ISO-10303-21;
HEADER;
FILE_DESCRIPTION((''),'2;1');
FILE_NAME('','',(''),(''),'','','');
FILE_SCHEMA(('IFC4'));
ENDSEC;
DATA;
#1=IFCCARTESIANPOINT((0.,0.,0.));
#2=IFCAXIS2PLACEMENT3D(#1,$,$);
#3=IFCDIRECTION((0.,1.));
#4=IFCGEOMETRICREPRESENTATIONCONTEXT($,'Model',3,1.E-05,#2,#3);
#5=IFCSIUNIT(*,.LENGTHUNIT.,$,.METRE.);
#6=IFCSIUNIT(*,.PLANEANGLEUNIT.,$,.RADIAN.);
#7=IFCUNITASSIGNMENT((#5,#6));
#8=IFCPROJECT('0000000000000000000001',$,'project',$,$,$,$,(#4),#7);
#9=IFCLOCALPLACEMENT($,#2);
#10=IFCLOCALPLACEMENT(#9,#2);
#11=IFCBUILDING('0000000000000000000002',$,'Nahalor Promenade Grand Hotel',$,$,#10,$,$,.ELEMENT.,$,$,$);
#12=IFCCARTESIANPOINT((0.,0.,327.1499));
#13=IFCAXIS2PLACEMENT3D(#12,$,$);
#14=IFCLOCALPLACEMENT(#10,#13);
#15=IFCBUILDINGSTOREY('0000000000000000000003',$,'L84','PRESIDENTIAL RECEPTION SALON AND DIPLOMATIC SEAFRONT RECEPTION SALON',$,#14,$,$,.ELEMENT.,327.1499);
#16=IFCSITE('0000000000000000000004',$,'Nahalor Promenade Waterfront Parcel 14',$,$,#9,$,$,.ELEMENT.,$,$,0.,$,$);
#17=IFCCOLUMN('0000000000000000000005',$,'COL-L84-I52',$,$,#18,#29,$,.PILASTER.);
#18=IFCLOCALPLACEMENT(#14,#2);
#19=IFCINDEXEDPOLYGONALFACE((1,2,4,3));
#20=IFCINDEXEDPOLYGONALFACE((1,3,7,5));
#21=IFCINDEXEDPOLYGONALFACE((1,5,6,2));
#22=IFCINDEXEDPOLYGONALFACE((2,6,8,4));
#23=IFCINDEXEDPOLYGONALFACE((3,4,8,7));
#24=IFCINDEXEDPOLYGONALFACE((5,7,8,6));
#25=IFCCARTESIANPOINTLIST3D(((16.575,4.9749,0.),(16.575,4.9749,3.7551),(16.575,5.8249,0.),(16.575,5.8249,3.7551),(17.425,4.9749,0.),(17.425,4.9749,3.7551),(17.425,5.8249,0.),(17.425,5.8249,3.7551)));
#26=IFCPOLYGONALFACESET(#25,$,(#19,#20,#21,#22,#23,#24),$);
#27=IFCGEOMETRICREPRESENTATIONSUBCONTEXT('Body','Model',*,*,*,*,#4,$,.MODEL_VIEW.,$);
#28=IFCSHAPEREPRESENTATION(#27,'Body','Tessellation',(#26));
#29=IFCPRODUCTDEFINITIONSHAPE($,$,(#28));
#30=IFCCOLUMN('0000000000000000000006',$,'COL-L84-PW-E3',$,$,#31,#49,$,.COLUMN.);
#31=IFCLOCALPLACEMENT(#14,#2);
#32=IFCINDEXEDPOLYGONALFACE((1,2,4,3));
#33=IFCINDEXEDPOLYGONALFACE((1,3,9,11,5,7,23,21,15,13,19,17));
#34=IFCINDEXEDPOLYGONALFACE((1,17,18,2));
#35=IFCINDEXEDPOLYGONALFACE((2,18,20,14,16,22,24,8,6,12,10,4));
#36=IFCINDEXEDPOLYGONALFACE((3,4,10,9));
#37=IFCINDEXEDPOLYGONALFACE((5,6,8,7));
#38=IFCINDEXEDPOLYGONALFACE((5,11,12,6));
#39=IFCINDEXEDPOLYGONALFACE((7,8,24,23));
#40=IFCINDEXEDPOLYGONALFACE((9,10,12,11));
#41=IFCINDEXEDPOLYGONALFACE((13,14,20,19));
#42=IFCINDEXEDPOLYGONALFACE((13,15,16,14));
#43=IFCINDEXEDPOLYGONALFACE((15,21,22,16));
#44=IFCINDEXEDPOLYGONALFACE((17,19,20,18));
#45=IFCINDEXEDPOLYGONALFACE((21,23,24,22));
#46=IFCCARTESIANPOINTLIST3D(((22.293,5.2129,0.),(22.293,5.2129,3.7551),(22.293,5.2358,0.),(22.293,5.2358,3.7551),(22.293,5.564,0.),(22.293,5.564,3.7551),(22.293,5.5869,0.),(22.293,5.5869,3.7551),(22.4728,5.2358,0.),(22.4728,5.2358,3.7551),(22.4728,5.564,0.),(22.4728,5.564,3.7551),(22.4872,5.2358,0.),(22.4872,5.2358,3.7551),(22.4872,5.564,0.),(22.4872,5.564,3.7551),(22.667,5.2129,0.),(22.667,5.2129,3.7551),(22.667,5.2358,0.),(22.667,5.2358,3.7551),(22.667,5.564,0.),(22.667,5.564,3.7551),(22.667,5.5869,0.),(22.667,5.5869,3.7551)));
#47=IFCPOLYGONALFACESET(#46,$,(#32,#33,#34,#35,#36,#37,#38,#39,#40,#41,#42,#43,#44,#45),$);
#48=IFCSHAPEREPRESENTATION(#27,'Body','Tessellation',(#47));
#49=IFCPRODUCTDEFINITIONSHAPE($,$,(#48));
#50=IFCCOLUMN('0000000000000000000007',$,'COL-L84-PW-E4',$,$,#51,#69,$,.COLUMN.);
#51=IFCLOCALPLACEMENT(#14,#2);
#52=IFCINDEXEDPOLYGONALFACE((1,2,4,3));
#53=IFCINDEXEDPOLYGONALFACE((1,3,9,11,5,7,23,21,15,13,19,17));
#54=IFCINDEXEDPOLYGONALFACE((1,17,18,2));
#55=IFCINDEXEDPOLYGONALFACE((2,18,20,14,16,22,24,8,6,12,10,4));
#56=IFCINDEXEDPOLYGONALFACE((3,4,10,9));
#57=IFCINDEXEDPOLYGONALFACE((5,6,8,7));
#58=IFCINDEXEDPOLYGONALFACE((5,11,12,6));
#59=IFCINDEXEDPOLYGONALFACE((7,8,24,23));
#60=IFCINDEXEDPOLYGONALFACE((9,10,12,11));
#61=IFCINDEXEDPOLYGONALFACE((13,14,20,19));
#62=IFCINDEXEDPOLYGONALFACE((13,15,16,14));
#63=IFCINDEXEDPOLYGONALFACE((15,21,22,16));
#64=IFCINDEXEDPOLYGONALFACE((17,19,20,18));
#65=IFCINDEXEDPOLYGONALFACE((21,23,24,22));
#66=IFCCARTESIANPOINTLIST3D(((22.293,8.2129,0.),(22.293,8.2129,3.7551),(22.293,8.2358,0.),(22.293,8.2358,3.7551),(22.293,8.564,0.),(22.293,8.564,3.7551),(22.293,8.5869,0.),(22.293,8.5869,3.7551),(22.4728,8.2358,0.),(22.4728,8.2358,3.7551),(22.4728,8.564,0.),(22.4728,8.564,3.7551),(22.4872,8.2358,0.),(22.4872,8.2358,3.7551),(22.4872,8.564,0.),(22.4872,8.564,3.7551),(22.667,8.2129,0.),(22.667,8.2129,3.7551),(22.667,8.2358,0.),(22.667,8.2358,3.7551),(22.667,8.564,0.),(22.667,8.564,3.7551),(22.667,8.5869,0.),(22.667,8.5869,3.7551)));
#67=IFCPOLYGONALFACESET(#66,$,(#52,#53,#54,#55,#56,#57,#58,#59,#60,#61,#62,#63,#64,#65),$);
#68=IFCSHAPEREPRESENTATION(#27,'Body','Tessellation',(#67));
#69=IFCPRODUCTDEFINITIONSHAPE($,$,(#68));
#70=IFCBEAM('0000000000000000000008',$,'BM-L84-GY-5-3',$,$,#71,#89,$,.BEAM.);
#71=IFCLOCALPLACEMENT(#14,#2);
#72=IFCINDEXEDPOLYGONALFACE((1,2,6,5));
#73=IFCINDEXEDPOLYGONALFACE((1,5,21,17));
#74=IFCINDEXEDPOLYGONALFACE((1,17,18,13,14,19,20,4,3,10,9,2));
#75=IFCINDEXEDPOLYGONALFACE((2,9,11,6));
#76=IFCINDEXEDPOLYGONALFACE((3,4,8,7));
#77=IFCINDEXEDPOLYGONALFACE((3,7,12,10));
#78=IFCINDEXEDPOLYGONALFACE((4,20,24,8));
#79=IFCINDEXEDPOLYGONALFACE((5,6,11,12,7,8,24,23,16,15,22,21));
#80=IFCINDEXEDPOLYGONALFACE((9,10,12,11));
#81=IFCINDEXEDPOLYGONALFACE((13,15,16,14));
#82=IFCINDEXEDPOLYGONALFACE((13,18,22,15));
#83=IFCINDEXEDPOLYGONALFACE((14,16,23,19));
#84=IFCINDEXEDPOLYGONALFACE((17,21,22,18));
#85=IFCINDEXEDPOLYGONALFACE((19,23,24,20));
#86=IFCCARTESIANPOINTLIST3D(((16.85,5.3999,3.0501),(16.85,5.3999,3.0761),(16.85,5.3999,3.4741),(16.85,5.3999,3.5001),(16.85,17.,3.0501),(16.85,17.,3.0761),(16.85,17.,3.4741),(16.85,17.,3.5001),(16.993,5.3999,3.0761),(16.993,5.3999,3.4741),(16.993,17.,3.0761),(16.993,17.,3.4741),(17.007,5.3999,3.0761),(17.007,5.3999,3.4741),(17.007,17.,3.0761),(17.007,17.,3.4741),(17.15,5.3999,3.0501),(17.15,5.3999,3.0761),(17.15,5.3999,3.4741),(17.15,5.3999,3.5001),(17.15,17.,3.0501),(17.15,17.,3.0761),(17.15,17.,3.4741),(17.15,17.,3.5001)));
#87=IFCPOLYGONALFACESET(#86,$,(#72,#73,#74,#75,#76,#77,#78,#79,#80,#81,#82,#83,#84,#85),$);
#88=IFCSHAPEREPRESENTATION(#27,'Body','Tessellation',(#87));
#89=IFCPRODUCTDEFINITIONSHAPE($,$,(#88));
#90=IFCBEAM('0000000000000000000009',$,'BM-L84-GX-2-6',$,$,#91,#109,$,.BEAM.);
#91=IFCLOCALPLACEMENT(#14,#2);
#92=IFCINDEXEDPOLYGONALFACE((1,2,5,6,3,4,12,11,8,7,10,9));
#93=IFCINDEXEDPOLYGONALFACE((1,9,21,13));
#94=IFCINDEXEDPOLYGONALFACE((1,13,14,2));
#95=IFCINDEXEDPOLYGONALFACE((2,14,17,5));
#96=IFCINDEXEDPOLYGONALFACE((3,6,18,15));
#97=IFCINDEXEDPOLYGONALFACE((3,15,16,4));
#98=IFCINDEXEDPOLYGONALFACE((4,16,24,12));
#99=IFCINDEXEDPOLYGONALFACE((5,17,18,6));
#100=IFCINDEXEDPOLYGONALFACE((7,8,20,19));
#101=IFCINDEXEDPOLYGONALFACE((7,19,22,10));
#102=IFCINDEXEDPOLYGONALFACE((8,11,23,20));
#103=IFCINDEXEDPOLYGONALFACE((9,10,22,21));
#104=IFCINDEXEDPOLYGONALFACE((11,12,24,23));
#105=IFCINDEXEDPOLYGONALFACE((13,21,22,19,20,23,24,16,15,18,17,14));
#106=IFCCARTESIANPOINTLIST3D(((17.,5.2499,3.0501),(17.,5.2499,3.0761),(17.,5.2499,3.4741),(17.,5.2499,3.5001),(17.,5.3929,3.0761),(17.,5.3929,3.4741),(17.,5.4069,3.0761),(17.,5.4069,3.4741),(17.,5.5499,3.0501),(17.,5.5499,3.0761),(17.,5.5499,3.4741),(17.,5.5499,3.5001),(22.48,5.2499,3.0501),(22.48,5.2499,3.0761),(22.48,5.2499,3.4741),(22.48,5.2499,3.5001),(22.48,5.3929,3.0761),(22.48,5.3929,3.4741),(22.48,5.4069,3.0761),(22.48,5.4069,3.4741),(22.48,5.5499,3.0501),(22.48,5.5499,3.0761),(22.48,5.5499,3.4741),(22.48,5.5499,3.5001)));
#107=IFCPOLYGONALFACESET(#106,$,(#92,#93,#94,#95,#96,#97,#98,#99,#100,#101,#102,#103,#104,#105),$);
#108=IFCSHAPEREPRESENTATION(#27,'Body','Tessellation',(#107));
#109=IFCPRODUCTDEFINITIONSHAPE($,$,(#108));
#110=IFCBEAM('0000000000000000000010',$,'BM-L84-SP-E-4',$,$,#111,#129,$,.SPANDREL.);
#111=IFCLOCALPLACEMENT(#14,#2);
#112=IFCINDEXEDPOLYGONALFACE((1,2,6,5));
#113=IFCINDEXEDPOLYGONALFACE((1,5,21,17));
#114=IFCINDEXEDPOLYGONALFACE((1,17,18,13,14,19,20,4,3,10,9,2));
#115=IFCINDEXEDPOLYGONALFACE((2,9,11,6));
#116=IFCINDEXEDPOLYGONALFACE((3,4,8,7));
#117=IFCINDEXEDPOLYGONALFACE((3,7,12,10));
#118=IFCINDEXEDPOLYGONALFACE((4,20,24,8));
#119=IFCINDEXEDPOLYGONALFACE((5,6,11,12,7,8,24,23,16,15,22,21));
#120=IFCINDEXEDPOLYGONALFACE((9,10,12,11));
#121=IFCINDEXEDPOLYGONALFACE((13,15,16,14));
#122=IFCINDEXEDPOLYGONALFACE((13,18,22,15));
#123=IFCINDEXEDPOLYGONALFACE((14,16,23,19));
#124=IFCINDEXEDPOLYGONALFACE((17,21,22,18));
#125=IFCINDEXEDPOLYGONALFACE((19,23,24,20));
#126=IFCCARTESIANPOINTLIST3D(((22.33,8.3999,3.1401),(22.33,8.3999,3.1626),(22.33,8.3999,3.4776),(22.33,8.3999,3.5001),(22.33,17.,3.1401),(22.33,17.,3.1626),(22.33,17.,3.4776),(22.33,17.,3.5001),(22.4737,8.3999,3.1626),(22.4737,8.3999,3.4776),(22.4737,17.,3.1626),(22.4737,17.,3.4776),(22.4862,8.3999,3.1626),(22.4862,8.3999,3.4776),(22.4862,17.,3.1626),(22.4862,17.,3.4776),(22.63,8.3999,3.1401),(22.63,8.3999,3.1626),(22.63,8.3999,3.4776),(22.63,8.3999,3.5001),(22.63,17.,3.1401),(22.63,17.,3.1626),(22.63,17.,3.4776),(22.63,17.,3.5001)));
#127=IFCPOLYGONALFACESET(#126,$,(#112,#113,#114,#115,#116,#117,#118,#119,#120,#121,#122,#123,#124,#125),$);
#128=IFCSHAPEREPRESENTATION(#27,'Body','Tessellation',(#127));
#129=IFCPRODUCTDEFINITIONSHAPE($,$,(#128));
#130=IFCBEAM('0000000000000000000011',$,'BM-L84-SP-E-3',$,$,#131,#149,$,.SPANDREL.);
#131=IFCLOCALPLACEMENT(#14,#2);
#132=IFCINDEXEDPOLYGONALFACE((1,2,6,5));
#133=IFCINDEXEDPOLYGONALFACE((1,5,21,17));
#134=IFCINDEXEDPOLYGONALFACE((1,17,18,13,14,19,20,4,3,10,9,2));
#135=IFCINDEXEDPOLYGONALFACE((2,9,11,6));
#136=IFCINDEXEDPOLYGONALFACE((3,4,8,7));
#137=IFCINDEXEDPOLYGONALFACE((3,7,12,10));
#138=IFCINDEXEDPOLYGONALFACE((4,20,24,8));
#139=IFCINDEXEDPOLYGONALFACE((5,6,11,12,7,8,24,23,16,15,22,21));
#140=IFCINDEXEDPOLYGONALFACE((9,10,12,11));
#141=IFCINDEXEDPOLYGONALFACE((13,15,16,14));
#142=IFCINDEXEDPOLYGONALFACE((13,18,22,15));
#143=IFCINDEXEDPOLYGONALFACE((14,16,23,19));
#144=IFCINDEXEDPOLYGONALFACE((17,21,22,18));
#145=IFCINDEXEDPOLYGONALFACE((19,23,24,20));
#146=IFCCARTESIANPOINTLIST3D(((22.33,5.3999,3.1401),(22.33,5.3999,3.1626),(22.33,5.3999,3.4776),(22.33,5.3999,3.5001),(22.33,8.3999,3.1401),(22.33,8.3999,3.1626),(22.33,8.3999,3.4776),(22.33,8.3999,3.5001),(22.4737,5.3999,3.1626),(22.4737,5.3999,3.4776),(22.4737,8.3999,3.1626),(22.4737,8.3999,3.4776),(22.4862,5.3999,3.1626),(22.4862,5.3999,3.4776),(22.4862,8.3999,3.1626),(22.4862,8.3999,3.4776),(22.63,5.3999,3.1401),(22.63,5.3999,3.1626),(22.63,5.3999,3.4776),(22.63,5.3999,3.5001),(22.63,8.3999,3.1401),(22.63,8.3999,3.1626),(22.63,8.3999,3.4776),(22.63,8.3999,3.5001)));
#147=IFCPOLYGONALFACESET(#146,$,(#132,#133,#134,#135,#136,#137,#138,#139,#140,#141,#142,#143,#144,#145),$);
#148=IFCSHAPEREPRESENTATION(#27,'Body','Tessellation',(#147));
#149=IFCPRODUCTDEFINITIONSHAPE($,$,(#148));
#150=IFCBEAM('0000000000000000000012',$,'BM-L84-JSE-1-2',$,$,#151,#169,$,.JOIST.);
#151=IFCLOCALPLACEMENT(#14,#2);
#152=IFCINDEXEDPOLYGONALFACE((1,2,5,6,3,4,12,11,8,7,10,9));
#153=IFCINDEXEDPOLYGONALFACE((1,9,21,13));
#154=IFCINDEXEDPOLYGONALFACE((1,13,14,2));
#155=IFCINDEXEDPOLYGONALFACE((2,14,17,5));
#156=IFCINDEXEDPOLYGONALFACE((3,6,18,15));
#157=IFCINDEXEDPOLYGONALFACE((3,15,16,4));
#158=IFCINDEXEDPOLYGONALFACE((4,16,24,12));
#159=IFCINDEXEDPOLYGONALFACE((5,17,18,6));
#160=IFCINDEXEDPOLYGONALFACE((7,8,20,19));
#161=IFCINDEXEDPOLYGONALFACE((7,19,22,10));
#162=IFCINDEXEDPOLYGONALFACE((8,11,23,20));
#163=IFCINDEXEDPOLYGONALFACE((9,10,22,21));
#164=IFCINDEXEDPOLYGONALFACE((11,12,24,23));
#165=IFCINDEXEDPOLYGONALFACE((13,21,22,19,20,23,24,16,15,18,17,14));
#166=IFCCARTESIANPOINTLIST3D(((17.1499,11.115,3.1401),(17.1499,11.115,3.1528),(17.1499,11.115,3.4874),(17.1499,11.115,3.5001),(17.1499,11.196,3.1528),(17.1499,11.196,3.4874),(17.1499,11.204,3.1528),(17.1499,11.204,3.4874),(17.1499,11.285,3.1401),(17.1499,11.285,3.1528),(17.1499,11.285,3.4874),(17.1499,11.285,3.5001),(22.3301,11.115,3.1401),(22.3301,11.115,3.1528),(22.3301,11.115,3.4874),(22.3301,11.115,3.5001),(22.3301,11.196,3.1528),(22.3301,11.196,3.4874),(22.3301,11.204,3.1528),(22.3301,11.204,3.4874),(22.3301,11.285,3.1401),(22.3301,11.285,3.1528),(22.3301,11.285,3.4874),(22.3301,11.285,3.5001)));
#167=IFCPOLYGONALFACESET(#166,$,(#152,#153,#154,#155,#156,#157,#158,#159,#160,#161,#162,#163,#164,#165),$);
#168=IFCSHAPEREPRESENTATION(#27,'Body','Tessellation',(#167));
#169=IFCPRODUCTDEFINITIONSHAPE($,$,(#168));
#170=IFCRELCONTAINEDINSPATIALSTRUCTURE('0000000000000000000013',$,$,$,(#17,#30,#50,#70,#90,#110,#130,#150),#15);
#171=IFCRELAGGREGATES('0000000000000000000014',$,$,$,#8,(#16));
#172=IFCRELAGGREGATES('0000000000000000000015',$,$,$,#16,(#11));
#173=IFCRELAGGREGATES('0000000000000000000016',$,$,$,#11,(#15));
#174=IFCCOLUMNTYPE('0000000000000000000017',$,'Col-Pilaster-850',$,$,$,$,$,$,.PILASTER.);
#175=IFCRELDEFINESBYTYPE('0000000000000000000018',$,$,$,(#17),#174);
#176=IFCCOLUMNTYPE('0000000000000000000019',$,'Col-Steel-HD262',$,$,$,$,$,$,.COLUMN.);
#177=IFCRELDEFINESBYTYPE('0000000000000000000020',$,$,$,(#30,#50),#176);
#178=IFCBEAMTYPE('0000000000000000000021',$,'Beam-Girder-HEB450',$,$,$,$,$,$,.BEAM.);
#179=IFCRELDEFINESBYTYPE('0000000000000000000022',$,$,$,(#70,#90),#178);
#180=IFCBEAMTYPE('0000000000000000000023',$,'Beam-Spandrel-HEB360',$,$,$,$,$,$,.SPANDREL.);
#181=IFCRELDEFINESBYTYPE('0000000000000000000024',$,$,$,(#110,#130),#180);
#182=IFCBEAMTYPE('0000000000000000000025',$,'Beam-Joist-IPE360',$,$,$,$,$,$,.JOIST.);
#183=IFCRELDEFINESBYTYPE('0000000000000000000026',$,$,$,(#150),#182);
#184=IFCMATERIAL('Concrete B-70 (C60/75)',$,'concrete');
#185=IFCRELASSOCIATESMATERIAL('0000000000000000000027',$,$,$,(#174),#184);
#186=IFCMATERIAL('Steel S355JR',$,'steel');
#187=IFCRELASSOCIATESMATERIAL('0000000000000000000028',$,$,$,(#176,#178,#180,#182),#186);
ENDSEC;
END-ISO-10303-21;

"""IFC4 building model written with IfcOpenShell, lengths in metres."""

from ifc_helpers import new_model, si_unit, direction, frame, origin, origin_2d, place, context, subcontext, project, spatial, rectangle, i_section, extrude, source, transform, mapped, material, material_profile, profile_set, type_object, element, save


model = new_model("IFC4")

# Units and contexts
model_context = context("Model", 3, precision=1e-05, world=origin(), true_north=direction((0.0, 1.0)))
body_context = subcontext(model_context, "Body", "Model", "MODEL_VIEW")
ifc_project = project(units=[si_unit("LENGTHUNIT", "METRE"), si_unit("PLANEANGLEUNIT", "RADIAN")], contexts=[model_context])

# Site, building, storey
site_placement = place(None, origin())
site = spatial("IfcSite", under=ifc_project, at=site_placement, Name="Nahalor Promenade Waterfront Parcel 14", CompositionType="ELEMENT", RefElevation=0.0)
building_placement = place(site_placement, origin())
building = spatial("IfcBuilding", under=site, at=building_placement, Name="Nahalor Promenade Grand Hotel", CompositionType="ELEMENT")
storey_placement = place(building_placement, frame((0.0, 0.0, 327.1499)))
storey = spatial("IfcBuildingStorey", under=building, at=storey_placement, Name="L84", Description="PRESIDENTIAL RECEPTION SALON AND DIPLOMATIC SEAFRONT RECEPTION SALON", CompositionType="ELEMENT", Elevation=327.1499)

# Columns
ifc_material_1 = material(Name="Concrete B-70 (C60/75)", Category="concrete")
ifc_material_profile_1 = material_profile(ifc_material_1, rectangle(XDim=0.85, YDim=0.85, at=origin_2d()), Name="RC 850x850")
ifc_profile_set_1 = profile_set([ifc_material_profile_1], Name="Concrete B-70 (C60/75)")
column_type_1 = type_object("IfcColumnType", Name="Col-Pilaster-850", PredefinedType="PILASTER", material=ifc_profile_set_1)
shared_shape_1 = source(origin(), body_context, "Body", "SweptSolid", [
    extrude(rectangle(XDim=0.85, YDim=0.85, at=origin_2d()), origin(), (0.0, 0.0, 1.0), 3.7551),
])
column_placement = place(storey_placement, frame((17.0, 5.3999, 0.0), z_axis=(0.0, 0.0, 1.0), x_axis=(1.0, 0.0, 0.0)))
element("IfcColumn", 1, at=column_placement, inside=storey, type_object=column_type_1, Name="COL-L84-I52", PredefinedType="PILASTER", context=body_context, shape_type="MappedRepresentation", body=[
    mapped(shared_shape_1, transform((0.0, 0.0, 0.0), scale=1.0)),
])
ifc_material_2 = material(Name="Steel S355JR", Category="steel")
ifc_material_profile_2 = material_profile(ifc_material_2, i_section(OverallWidth=0.374, OverallDepth=0.374, WebThickness=0.0144, FlangeThickness=0.0229, at=origin_2d()), Name="HD 360x262")
ifc_profile_set_2 = profile_set([ifc_material_profile_2], Name="Steel S355JR")
column_type_2 = type_object("IfcColumnType", Name="Col-Steel-HD262", PredefinedType="COLUMN", material=ifc_profile_set_2)
shared_shape_2 = source(origin(), body_context, "Body", "SweptSolid", [
    extrude(i_section(OverallWidth=0.374, OverallDepth=0.374, WebThickness=0.0144, FlangeThickness=0.0229, at=origin_2d()), origin(), (0.0, 0.0, 1.0), 3.7551),
])
for number, where, z_axis, x_axis, name in (
    (2, (22.48, 5.3999, 0.0), (0.0, 0.0, 1.0), (1.0, 0.0, 0.0), "COL-L84-PW-E3"),
    (3, (22.48, 8.3999, 0.0), (0.0, 0.0, 1.0), (1.0, 0.0, 0.0), "COL-L84-PW-E4"),
):
    element("IfcColumn", number, at=place(storey_placement, frame(where, z_axis=z_axis, x_axis=x_axis)), inside=storey, type_object=column_type_2, Name=name, PredefinedType="COLUMN", context=body_context, shape_type="MappedRepresentation", body=[
        mapped(shared_shape_2, transform((0.0, 0.0, 0.0), scale=1.0)),
    ])

# Beams
ifc_material_profile_3 = material_profile(ifc_material_2, i_section(OverallWidth=0.3, OverallDepth=0.45, WebThickness=0.014, FlangeThickness=0.026, at=origin_2d()), Name="HEB 450")
ifc_profile_set_3 = profile_set([ifc_material_profile_3], Name="Steel S355JR")
beam_type_1 = type_object("IfcBeamType", Name="Beam-Girder-HEB450", PredefinedType="BEAM", material=ifc_profile_set_3)
shared_shape_3 = source(origin(), body_context, "Body", "SweptSolid", [
    extrude(i_section(OverallWidth=0.3, OverallDepth=0.45, WebThickness=0.014, FlangeThickness=0.026, at=origin_2d()), origin(), (0.0, 0.0, 1.0), 11.6001),
])
beam_1_placement = place(storey_placement, frame((17.0, 5.3999, 3.2751), z_axis=(0.0, 1.0, 0.0), x_axis=(-1.0, 0.0, 0.0)))
element("IfcBeam", 4, at=beam_1_placement, inside=storey, type_object=beam_type_1, Name="BM-L84-GY-5-3", PredefinedType="BEAM", context=body_context, shape_type="MappedRepresentation", body=[
    mapped(shared_shape_3, transform((0.0, 0.0, 0.0), scale=1.0)),
])
shared_shape_4 = source(origin(), body_context, "Body", "SweptSolid", [
    extrude(i_section(OverallWidth=0.3, OverallDepth=0.45, WebThickness=0.014, FlangeThickness=0.026, at=origin_2d()), origin(), (0.0, 0.0, 1.0), 5.48),
])
beam_2_placement = place(storey_placement, frame((17.0, 5.3999, 3.2751), z_axis=(1.0, 0.0, 0.0), x_axis=(0.0, 1.0, 0.0)))
element("IfcBeam", 5, at=beam_2_placement, inside=storey, type_object=beam_type_1, Name="BM-L84-GX-2-6", PredefinedType="BEAM", context=body_context, shape_type="MappedRepresentation", body=[
    mapped(shared_shape_4, transform((0.0, 0.0, 0.0), scale=1.0)),
])
ifc_material_profile_4 = material_profile(ifc_material_2, i_section(OverallWidth=0.3, OverallDepth=0.36, WebThickness=0.0125, FlangeThickness=0.0225, at=origin_2d()), Name="HEB 360")
ifc_profile_set_4 = profile_set([ifc_material_profile_4], Name="Steel S355JR")
beam_type_2 = type_object("IfcBeamType", Name="Beam-Spandrel-HEB360", PredefinedType="SPANDREL", material=ifc_profile_set_4)
shared_shape_5 = source(origin(), body_context, "Body", "SweptSolid", [
    extrude(i_section(OverallWidth=0.3, OverallDepth=0.36, WebThickness=0.0125, FlangeThickness=0.0225, at=origin_2d()), origin(), (0.0, 0.0, 1.0), 8.6001),
])
beam_3_placement = place(storey_placement, frame((22.48, 8.3999, 3.3201), z_axis=(0.0, 1.0, 0.0), x_axis=(-1.0, 0.0, 0.0)))
element("IfcBeam", 6, at=beam_3_placement, inside=storey, type_object=beam_type_2, Name="BM-L84-SP-E-4", PredefinedType="SPANDREL", context=body_context, shape_type="MappedRepresentation", body=[
    mapped(shared_shape_5, transform((0.0, 0.0, 0.0), scale=1.0)),
])
shared_shape_6 = source(origin(), body_context, "Body", "SweptSolid", [
    extrude(i_section(OverallWidth=0.3, OverallDepth=0.36, WebThickness=0.0125, FlangeThickness=0.0225, at=origin_2d()), origin(), (0.0, 0.0, 1.0), 3.0),
])
beam_4_placement = place(storey_placement, frame((22.48, 5.3999, 3.3201), z_axis=(0.0, 1.0, 0.0), x_axis=(-1.0, 0.0, 0.0)))
element("IfcBeam", 7, at=beam_4_placement, inside=storey, type_object=beam_type_2, Name="BM-L84-SP-E-3", PredefinedType="SPANDREL", context=body_context, shape_type="MappedRepresentation", body=[
    mapped(shared_shape_6, transform((0.0, 0.0, 0.0), scale=1.0)),
])
ifc_material_profile_5 = material_profile(ifc_material_2, i_section(OverallWidth=0.17, OverallDepth=0.36, WebThickness=0.008, FlangeThickness=0.0127, at=origin_2d()), Name="IPE 360")
ifc_profile_set_5 = profile_set([ifc_material_profile_5], Name="Steel S355JR")
beam_type_3 = type_object("IfcBeamType", Name="Beam-Joist-IPE360", PredefinedType="JOIST", material=ifc_profile_set_5)
shared_shape_7 = source(origin(), body_context, "Body", "SweptSolid", [
    extrude(i_section(OverallWidth=0.17, OverallDepth=0.36, WebThickness=0.008, FlangeThickness=0.0127, at=origin_2d()), origin(), (0.0, 0.0, 1.0), 5.1802),
])
beam_5_placement = place(storey_placement, frame((17.1499, 11.2, 3.3201), z_axis=(1.0, 0.0, 0.0), x_axis=(0.0, 1.0, 0.0)))
element("IfcBeam", 8, at=beam_5_placement, inside=storey, type_object=beam_type_3, Name="BM-L84-JSE-1-2", PredefinedType="JOIST", context=body_context, shape_type="MappedRepresentation", body=[
    mapped(shared_shape_7, transform((0.0, 0.0, 0.0), scale=1.0)),
])

save(model, "model.ifc")
